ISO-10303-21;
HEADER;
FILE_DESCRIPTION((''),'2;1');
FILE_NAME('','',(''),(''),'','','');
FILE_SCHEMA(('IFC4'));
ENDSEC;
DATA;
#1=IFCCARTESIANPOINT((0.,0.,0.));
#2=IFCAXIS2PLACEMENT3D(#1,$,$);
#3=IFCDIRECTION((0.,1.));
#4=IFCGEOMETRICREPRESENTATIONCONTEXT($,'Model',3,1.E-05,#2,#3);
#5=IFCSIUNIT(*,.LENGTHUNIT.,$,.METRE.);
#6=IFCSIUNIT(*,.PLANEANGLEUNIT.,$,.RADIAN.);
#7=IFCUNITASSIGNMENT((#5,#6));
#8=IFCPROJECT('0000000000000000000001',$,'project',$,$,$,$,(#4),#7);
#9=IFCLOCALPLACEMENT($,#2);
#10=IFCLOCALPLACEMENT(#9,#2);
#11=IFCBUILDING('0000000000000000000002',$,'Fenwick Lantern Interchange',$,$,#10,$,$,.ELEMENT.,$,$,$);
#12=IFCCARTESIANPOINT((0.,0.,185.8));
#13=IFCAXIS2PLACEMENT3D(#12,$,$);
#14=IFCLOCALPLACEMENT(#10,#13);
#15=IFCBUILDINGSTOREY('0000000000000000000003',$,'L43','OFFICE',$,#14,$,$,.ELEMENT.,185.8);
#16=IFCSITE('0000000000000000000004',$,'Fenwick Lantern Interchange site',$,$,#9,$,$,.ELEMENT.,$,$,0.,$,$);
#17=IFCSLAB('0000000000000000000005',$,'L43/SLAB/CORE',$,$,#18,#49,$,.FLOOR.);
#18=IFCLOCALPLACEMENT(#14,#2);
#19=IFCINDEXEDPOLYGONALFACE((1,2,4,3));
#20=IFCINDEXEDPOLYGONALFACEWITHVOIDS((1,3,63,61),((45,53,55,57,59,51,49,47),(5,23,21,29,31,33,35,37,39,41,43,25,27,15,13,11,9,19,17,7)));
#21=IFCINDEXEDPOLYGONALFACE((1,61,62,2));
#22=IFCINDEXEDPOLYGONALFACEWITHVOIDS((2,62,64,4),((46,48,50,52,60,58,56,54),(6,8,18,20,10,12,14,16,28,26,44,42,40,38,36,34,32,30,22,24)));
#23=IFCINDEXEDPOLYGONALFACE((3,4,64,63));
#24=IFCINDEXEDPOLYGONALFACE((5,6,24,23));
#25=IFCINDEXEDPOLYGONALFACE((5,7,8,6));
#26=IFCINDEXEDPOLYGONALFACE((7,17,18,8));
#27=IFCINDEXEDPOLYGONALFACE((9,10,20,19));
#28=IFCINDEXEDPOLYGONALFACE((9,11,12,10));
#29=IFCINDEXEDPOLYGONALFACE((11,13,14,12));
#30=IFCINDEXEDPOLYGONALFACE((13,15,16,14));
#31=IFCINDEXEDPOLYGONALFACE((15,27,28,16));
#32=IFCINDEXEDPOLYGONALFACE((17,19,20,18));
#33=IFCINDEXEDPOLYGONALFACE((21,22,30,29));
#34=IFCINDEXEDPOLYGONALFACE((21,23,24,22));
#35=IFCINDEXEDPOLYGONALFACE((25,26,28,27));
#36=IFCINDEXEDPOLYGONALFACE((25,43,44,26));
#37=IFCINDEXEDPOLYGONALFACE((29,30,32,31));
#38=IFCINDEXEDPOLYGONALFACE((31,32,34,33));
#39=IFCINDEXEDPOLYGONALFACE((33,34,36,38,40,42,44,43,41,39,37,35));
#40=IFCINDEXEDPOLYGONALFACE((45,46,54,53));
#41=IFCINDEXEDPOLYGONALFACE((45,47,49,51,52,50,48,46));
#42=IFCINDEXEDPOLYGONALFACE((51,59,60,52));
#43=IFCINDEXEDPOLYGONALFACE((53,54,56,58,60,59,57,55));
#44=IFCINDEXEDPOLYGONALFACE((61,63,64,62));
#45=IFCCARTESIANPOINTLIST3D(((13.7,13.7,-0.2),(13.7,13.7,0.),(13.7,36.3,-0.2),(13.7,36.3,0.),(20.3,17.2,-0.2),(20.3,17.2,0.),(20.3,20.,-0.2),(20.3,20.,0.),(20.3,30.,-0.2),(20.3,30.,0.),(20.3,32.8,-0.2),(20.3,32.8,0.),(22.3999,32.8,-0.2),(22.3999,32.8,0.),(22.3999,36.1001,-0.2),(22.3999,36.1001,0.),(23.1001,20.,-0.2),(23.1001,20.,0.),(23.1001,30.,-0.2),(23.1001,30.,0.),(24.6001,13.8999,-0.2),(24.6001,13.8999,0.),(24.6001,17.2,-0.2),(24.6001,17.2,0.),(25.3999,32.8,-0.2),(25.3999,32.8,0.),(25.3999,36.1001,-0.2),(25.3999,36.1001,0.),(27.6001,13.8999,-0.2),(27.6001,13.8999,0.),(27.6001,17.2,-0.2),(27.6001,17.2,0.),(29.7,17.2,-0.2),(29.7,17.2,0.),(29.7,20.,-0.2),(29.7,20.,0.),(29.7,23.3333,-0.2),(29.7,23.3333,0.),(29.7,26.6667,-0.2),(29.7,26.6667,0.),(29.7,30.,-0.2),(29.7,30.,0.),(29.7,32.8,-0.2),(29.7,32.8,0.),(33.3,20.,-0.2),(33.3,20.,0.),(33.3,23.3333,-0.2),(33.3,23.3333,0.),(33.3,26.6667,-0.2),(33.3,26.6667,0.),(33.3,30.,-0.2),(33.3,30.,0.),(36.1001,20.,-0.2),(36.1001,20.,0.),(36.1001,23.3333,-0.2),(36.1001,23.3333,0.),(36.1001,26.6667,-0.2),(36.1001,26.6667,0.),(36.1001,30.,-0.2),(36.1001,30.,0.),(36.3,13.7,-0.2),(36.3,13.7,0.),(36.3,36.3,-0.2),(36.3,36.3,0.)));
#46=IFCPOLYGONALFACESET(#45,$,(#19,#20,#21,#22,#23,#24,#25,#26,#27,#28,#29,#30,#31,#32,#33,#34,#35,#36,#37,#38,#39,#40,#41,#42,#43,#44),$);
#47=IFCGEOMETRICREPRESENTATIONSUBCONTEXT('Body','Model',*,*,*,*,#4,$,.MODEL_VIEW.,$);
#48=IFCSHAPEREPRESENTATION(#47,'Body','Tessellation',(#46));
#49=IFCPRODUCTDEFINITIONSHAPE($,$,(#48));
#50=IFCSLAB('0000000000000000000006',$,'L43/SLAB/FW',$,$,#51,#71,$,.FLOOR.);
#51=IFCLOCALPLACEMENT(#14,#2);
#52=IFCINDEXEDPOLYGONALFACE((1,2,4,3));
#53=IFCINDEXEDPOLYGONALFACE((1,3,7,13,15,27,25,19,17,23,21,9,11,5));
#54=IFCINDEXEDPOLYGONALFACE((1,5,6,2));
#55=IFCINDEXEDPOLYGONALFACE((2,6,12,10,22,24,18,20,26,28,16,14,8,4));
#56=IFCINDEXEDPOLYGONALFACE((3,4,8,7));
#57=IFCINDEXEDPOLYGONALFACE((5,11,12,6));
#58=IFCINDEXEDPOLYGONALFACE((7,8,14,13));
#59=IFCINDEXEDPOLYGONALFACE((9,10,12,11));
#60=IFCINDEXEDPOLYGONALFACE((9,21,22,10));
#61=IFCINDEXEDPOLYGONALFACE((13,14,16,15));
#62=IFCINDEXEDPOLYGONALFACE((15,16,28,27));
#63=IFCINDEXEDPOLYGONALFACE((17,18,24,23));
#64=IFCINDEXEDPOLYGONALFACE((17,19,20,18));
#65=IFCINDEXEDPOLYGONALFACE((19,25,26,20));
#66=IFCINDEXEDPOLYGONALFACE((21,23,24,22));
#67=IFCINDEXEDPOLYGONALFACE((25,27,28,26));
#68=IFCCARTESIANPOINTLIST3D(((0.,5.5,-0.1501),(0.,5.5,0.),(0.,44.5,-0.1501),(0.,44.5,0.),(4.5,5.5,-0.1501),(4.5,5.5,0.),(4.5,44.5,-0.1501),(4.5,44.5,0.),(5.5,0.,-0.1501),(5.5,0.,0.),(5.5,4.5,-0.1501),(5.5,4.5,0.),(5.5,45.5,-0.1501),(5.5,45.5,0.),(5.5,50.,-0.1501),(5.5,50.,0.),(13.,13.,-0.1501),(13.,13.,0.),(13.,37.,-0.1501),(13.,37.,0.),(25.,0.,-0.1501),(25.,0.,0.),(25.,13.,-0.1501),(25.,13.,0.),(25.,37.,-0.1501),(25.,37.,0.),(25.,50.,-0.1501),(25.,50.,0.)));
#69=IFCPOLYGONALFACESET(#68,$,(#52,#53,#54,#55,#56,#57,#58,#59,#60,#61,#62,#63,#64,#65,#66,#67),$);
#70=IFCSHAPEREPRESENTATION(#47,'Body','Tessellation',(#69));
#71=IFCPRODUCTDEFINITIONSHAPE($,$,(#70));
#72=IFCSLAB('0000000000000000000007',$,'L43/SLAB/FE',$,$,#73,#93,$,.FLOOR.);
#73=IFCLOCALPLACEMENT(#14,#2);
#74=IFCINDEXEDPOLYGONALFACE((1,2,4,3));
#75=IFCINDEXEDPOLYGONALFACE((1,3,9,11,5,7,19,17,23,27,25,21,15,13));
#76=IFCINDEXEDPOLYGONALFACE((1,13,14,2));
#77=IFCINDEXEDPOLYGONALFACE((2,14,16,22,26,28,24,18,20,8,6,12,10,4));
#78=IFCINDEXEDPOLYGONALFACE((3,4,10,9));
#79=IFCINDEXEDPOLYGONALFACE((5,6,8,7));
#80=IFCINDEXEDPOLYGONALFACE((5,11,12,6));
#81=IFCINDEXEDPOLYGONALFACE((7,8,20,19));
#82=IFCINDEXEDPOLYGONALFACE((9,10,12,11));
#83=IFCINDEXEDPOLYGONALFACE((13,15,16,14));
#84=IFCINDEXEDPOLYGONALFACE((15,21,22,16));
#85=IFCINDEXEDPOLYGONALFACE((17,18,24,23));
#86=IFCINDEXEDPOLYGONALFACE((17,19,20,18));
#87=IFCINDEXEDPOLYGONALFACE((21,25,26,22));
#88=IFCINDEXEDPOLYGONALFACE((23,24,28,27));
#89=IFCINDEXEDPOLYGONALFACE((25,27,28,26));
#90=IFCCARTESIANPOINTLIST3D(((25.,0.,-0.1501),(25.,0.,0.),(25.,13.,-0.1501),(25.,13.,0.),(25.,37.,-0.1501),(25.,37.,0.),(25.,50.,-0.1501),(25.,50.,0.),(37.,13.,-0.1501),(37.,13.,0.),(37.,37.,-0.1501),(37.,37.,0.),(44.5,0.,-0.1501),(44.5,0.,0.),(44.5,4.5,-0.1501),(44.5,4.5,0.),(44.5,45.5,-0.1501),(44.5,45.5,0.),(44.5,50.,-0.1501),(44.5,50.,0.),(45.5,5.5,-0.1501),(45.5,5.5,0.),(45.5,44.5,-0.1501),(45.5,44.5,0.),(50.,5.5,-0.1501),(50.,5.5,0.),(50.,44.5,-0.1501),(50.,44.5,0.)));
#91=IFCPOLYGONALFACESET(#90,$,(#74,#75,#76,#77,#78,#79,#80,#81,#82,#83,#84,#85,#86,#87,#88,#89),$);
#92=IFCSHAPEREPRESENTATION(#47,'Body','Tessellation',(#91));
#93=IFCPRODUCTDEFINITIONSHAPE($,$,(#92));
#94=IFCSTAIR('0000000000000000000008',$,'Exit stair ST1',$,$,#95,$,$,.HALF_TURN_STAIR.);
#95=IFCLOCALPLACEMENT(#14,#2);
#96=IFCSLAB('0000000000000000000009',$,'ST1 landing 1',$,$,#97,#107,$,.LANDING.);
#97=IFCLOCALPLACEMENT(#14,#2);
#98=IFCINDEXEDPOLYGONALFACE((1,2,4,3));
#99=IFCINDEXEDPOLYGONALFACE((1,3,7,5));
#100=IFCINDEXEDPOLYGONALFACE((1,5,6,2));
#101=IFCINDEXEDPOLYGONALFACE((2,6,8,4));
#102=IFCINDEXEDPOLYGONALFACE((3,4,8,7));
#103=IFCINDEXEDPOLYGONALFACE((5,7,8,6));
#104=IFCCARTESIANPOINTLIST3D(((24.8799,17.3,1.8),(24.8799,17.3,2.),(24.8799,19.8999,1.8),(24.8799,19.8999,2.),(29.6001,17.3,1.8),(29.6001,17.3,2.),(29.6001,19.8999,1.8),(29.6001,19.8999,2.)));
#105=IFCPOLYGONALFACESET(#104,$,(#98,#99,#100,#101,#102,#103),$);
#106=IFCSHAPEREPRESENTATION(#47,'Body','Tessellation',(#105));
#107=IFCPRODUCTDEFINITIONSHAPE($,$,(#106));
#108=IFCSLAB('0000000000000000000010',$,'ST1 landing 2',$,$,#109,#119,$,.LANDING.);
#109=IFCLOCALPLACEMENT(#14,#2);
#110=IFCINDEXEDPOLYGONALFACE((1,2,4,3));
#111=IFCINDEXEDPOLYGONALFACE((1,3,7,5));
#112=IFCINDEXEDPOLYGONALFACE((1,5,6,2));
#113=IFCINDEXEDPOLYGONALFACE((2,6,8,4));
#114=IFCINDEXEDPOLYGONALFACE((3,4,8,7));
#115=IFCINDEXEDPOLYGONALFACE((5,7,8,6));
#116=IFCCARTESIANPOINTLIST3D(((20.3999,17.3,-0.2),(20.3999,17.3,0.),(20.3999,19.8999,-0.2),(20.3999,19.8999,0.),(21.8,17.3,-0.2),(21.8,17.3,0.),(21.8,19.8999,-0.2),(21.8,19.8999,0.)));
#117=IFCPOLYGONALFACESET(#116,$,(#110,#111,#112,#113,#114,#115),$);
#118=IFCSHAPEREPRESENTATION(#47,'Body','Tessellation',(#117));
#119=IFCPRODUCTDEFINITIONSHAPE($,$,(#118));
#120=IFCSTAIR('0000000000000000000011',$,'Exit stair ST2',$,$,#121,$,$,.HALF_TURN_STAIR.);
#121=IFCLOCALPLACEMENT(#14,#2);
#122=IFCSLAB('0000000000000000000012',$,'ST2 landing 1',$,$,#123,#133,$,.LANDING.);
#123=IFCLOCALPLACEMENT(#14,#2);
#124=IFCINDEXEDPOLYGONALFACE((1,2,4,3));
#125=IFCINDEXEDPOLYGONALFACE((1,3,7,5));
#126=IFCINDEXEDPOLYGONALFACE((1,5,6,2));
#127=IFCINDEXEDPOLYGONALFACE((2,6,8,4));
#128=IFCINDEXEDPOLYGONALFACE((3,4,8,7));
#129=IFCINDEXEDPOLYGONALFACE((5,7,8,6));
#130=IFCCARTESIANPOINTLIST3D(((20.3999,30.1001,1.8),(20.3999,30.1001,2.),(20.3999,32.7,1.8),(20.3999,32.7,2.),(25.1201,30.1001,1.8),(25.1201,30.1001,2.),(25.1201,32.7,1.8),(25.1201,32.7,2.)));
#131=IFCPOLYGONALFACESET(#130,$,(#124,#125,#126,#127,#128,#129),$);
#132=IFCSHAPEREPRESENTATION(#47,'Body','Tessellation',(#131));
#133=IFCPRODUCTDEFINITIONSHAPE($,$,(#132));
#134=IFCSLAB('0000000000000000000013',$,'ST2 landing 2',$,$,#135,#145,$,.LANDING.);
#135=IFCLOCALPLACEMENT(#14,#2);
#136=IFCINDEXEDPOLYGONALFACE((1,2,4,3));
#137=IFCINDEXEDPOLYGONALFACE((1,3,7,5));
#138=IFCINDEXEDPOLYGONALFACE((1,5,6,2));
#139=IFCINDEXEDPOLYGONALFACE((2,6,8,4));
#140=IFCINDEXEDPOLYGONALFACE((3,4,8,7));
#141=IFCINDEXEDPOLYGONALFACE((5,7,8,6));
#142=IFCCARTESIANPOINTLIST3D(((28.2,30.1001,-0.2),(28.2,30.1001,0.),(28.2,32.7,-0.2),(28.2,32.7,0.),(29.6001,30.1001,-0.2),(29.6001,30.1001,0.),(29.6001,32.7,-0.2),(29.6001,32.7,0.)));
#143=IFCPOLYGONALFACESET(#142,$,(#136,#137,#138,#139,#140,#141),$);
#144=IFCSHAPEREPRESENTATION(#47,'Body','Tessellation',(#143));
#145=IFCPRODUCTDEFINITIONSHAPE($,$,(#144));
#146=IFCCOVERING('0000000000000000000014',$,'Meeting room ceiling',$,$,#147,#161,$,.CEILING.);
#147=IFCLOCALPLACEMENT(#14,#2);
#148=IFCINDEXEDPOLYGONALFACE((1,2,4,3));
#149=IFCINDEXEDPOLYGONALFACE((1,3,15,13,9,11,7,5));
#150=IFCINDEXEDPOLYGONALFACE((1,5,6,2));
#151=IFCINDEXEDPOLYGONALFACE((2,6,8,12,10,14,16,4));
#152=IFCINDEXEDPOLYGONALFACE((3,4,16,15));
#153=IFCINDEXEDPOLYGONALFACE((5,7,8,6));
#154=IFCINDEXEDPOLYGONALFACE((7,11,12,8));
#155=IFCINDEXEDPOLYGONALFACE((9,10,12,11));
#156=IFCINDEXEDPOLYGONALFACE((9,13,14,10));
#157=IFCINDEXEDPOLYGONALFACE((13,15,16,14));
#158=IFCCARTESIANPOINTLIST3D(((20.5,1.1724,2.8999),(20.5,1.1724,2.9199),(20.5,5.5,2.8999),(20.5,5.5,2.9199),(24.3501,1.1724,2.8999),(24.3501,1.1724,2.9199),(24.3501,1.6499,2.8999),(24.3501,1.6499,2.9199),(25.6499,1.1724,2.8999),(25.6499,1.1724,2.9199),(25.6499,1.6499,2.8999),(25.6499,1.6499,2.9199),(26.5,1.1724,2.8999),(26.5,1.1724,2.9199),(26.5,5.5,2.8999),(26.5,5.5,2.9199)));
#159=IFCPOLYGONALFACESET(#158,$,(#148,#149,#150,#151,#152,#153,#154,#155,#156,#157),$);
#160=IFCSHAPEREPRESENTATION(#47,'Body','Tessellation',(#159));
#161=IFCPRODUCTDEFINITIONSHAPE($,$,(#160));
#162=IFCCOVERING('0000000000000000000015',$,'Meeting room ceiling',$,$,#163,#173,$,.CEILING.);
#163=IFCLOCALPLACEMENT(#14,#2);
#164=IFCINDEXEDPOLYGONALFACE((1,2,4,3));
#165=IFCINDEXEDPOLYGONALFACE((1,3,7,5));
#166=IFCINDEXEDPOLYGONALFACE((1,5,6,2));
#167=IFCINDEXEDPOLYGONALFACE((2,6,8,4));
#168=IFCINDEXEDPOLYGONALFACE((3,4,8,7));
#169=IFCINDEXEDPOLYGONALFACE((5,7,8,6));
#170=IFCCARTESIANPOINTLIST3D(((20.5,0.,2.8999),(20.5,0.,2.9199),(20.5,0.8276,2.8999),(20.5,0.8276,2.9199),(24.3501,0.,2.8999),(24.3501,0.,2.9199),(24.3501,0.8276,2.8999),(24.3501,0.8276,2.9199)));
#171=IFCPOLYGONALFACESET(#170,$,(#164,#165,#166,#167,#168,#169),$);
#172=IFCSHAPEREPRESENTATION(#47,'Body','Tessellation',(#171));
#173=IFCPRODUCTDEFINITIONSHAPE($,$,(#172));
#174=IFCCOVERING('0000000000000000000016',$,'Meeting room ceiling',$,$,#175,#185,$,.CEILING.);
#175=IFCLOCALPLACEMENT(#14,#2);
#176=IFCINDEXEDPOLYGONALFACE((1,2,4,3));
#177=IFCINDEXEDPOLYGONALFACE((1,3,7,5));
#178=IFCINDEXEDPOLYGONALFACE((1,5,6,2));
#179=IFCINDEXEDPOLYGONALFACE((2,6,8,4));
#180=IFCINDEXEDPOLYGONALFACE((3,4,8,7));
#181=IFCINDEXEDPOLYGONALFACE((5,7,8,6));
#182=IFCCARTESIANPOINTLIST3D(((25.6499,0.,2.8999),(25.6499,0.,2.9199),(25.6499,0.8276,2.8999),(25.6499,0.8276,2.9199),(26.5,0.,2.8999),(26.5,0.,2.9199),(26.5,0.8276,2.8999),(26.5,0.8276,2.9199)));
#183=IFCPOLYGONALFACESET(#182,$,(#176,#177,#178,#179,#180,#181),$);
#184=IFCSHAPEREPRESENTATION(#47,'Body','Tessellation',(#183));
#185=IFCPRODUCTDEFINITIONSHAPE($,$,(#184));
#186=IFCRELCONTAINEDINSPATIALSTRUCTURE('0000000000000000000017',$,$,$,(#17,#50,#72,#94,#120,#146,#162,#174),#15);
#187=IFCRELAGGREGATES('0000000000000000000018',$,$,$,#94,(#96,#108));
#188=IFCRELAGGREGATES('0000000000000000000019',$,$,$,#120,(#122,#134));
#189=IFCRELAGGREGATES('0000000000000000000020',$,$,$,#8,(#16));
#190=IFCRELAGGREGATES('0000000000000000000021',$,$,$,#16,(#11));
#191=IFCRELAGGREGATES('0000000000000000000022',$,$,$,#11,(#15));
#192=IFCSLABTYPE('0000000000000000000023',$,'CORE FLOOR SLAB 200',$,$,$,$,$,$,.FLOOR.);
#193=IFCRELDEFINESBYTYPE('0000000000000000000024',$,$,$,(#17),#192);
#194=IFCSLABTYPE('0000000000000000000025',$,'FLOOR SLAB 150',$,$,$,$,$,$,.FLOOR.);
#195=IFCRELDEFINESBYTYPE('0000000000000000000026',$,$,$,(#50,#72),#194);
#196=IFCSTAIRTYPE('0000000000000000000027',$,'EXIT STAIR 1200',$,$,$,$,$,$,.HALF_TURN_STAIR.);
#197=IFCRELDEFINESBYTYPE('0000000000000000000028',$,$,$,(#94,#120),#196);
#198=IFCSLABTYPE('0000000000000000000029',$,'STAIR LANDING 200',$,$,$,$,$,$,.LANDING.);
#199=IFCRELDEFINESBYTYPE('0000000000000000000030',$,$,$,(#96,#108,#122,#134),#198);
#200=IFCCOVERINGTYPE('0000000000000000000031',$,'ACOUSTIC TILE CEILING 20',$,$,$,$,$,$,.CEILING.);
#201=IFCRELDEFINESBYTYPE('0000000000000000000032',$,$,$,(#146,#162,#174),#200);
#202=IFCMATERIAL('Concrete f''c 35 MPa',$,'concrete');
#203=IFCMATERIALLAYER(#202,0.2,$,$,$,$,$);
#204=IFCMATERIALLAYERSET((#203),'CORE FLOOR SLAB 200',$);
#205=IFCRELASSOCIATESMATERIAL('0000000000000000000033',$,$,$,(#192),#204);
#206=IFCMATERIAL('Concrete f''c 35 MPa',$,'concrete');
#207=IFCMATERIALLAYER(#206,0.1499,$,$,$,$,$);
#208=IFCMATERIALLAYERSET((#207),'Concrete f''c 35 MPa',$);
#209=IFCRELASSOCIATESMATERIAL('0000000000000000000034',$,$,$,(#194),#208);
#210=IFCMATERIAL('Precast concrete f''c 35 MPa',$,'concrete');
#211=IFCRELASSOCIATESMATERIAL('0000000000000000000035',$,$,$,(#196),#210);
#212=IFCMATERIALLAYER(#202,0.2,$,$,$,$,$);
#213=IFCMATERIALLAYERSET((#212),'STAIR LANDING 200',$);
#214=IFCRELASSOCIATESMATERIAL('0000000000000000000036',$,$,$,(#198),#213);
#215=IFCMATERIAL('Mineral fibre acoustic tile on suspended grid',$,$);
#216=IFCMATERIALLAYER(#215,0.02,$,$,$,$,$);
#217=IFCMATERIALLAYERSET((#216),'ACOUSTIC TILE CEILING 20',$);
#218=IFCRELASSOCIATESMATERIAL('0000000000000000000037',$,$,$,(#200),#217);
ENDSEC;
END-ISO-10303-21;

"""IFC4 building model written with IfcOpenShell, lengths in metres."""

from ifc_helpers import new_model, si_unit, direction, frame, origin, place, context, subcontext, project, spatial, polyline, outline, extrude, material, layer, layer_set, type_object, element, aggregate, save


model = new_model("IFC4")

# Units and contexts
model_context = context("Model", 3, precision=1e-05, world=origin(), true_north=direction((0.0, 1.0)))
body_context = subcontext(model_context, "Body", "Model", "MODEL_VIEW")
ifc_project = project(units=[si_unit("LENGTHUNIT", "METRE"), si_unit("PLANEANGLEUNIT", "RADIAN")], contexts=[model_context])

# Site, building, storey
site_placement = place(None, origin())
site = spatial("IfcSite", under=ifc_project, at=site_placement, Name="Fenwick Lantern Interchange site", CompositionType="ELEMENT", RefElevation=0.0)
building_placement = place(site_placement, origin())
building = spatial("IfcBuilding", under=site, at=building_placement, Name="Fenwick Lantern Interchange", CompositionType="ELEMENT")
storey_placement = place(building_placement, frame((0.0, 0.0, 185.8)))
storey = spatial("IfcBuildingStorey", under=building, at=storey_placement, Name="L43", Description="OFFICE", CompositionType="ELEMENT", Elevation=185.8)

# Slabs
ifc_material_1 = material(Name="Concrete f'c 35 MPa", Category="concrete")
ifc_layer_1 = layer(ifc_material_1, 0.2)
ifc_layer_set_1 = layer_set([ifc_layer_1], Name="CORE FLOOR SLAB 200")
slab_type_1 = type_object("IfcSlabType", Name="CORE FLOOR SLAB 200", PredefinedType="FLOOR", material=ifc_layer_set_1)
slab_1_placement = place(storey_placement, frame((0.0, 0.0, -0.2)))
element("IfcSlab", 1, at=slab_1_placement, inside=storey, type_object=slab_type_1, Name="L43/SLAB/CORE", PredefinedType="FLOOR", context=body_context, shape_type="SweptSolid", body=[
    extrude(outline(polyline([(13.7, 36.3), (36.3, 36.3), (36.3, 13.7), (13.7, 13.7), (13.7, 36.3)]), holes=[polyline([(24.6001, 13.8999), (27.6001, 13.8999), (27.6001, 17.2), (29.7, 17.2), (29.7, 20.0), (29.7, 23.3333), (29.7, 26.6667), (29.7, 30.0), (29.7, 32.8), (25.3999, 32.8), (25.3999, 36.1001), (22.3999, 36.1001), (22.3999, 32.8), (20.3, 32.8), (20.3, 30.0), (23.1001, 30.0), (23.1001, 20.0), (20.3, 20.0), (20.3, 17.2), (24.6001, 17.2), (24.6001, 13.8999)]), polyline([(33.3, 23.3333), (33.3, 20.0), (36.1001, 20.0), (36.1001, 23.3333), (36.1001, 26.6667), (36.1001, 30.0), (33.3, 30.0), (33.3, 26.6667), (33.3, 23.3333)])]), origin(), (0.0, 0.0, 1.0), 0.2),
])
ifc_material_2 = material(Name="Concrete f'c 35 MPa", Category="concrete")
ifc_layer_2 = layer(ifc_material_2, 0.1499)
ifc_layer_set_2 = layer_set([ifc_layer_2], Name="Concrete f'c 35 MPa")
slab_type_2 = type_object("IfcSlabType", Name="FLOOR SLAB 150", PredefinedType="FLOOR", material=ifc_layer_set_2)
slab_2_placement = place(storey_placement, frame((0.0, 0.0, -0.1501)))
element("IfcSlab", 2, at=slab_2_placement, inside=storey, type_object=slab_type_2, Name="L43/SLAB/FW", PredefinedType="FLOOR", context=body_context, shape_type="SweptSolid", body=[
    extrude(outline(polyline([(5.5, 0.0), (5.5, 4.5), (4.5, 5.5), (0.0, 5.5), (0.0, 44.5), (4.5, 44.5), (5.5, 45.5), (5.5, 50.0), (25.0, 50.0), (25.0, 37.0), (13.0, 37.0), (13.0, 13.0), (25.0, 13.0), (25.0, 0.0), (5.5, 0.0)])), origin(), (0.0, 0.0, 1.0), 0.1501),
])
slab_3_placement = place(storey_placement, frame((0.0, 0.0, -0.1501)))
element("IfcSlab", 3, at=slab_3_placement, inside=storey, type_object=slab_type_2, Name="L43/SLAB/FE", PredefinedType="FLOOR", context=body_context, shape_type="SweptSolid", body=[
    extrude(outline(polyline([(44.5, 50.0), (44.5, 45.5), (45.5, 44.5), (50.0, 44.5), (50.0, 5.5), (45.5, 5.5), (44.5, 4.5), (44.5, 0.0), (25.0, 0.0), (25.0, 13.0), (37.0, 13.0), (37.0, 37.0), (25.0, 37.0), (25.0, 50.0), (44.5, 50.0)])), origin(), (0.0, 0.0, 1.0), 0.1501),
])

# Stairs, slabs
ifc_material_3 = material(Name="Precast concrete f'c 35 MPa", Category="concrete")
stair_type = type_object("IfcStairType", Name="EXIT STAIR 1200", PredefinedType="HALF_TURN_STAIR", material=ifc_material_3)
stair_1_placement = place(storey_placement, origin())
stair_1 = element("IfcStair", 4, at=stair_1_placement, inside=storey, type_object=stair_type, Name="Exit stair ST1", PredefinedType="HALF_TURN_STAIR")
ifc_layer_3 = layer(ifc_material_1, 0.2)
ifc_layer_set_3 = layer_set([ifc_layer_3], Name="STAIR LANDING 200")
slab_type_3 = type_object("IfcSlabType", Name="STAIR LANDING 200", PredefinedType="LANDING", material=ifc_layer_set_3)
slab_4_placement = place(storey_placement, frame((0.0, 0.0, 1.8)))
slab_4 = element("IfcSlab", 5, at=slab_4_placement, type_object=slab_type_3, Name="ST1 landing 1", PredefinedType="LANDING", context=body_context, shape_type="SweptSolid", body=[
    extrude(outline(polyline([(24.8799, 17.3), (29.6001, 17.3), (29.6001, 19.8999), (24.8799, 19.8999), (24.8799, 17.3)])), origin(), (0.0, 0.0, 1.0), 0.2),
])
slab_5_placement = place(storey_placement, frame((0.0, 0.0, -0.2)))
slab_5 = element("IfcSlab", 6, at=slab_5_placement, type_object=slab_type_3, Name="ST1 landing 2", PredefinedType="LANDING", context=body_context, shape_type="SweptSolid", body=[
    extrude(outline(polyline([(20.3999, 17.3), (21.8, 17.3), (21.8, 19.8999), (20.3999, 19.8999), (20.3999, 17.3)])), origin(), (0.0, 0.0, 1.0), 0.2),
])
aggregate(stair_1, [slab_4, slab_5])
stair_2_placement = place(storey_placement, origin())
stair_2 = element("IfcStair", 7, at=stair_2_placement, inside=storey, type_object=stair_type, Name="Exit stair ST2", PredefinedType="HALF_TURN_STAIR")
slab_6_placement = place(storey_placement, frame((0.0, 0.0, 1.8)))
slab_6 = element("IfcSlab", 8, at=slab_6_placement, type_object=slab_type_3, Name="ST2 landing 1", PredefinedType="LANDING", context=body_context, shape_type="SweptSolid", body=[
    extrude(outline(polyline([(25.1201, 32.7), (20.3999, 32.7), (20.3999, 30.1001), (25.1201, 30.1001), (25.1201, 32.7)])), origin(), (0.0, 0.0, 1.0), 0.2),
])
slab_7_placement = place(storey_placement, frame((0.0, 0.0, -0.2)))
slab_7 = element("IfcSlab", 9, at=slab_7_placement, type_object=slab_type_3, Name="ST2 landing 2", PredefinedType="LANDING", context=body_context, shape_type="SweptSolid", body=[
    extrude(outline(polyline([(29.6001, 32.7), (28.2, 32.7), (28.2, 30.1001), (29.6001, 30.1001), (29.6001, 32.7)])), origin(), (0.0, 0.0, 1.0), 0.2),
])
aggregate(stair_2, [slab_6, slab_7])

# Coverings
ifc_material_4 = material(Name="Mineral fibre acoustic tile on suspended grid")
ifc_layer_4 = layer(ifc_material_4, 0.02)
ifc_layer_set_4 = layer_set([ifc_layer_4], Name="ACOUSTIC TILE CEILING 20")
covering_type_1 = type_object("IfcCoveringType", Name="ACOUSTIC TILE CEILING 20", PredefinedType="CEILING", material=ifc_layer_set_4)
covering_1_placement = place(storey_placement, frame((0.0, 0.0, 2.8999)))
element("IfcCovering", 10, at=covering_1_placement, inside=storey, type_object=covering_type_1, Name="Meeting room ceiling", PredefinedType="CEILING", context=body_context, shape_type="SweptSolid", body=[
    extrude(outline(polyline([(20.5, 5.5), (20.5, 1.1724), (24.3501, 1.1724), (24.3501, 1.6499), (25.6499, 1.6499), (25.6499, 1.1724), (26.5, 1.1724), (26.5, 5.5), (20.5, 5.5)])), origin(), (0.0, 0.0, 1.0), 0.02),
])
covering_2_placement = place(storey_placement, frame((0.0, 0.0, 2.8999)))
element("IfcCovering", 11, at=covering_2_placement, inside=storey, type_object=covering_type_1, Name="Meeting room ceiling", PredefinedType="CEILING", context=body_context, shape_type="SweptSolid", body=[
    extrude(outline(polyline([(20.5, 0.8276), (20.5, 0.0), (24.3501, 0.0), (24.3501, 0.8276), (20.5, 0.8276)])), origin(), (0.0, 0.0, 1.0), 0.02),
])
covering_3_placement = place(storey_placement, frame((0.0, 0.0, 2.8999)))
element("IfcCovering", 12, at=covering_3_placement, inside=storey, type_object=covering_type_1, Name="Meeting room ceiling", PredefinedType="CEILING", context=body_context, shape_type="SweptSolid", body=[
    extrude(outline(polyline([(26.5, 0.0), (26.5, 0.8276), (25.6499, 0.8276), (25.6499, 0.0), (26.5, 0.0)])), origin(), (0.0, 0.0, 1.0), 0.02),
])

save(model, "model.ifc")
